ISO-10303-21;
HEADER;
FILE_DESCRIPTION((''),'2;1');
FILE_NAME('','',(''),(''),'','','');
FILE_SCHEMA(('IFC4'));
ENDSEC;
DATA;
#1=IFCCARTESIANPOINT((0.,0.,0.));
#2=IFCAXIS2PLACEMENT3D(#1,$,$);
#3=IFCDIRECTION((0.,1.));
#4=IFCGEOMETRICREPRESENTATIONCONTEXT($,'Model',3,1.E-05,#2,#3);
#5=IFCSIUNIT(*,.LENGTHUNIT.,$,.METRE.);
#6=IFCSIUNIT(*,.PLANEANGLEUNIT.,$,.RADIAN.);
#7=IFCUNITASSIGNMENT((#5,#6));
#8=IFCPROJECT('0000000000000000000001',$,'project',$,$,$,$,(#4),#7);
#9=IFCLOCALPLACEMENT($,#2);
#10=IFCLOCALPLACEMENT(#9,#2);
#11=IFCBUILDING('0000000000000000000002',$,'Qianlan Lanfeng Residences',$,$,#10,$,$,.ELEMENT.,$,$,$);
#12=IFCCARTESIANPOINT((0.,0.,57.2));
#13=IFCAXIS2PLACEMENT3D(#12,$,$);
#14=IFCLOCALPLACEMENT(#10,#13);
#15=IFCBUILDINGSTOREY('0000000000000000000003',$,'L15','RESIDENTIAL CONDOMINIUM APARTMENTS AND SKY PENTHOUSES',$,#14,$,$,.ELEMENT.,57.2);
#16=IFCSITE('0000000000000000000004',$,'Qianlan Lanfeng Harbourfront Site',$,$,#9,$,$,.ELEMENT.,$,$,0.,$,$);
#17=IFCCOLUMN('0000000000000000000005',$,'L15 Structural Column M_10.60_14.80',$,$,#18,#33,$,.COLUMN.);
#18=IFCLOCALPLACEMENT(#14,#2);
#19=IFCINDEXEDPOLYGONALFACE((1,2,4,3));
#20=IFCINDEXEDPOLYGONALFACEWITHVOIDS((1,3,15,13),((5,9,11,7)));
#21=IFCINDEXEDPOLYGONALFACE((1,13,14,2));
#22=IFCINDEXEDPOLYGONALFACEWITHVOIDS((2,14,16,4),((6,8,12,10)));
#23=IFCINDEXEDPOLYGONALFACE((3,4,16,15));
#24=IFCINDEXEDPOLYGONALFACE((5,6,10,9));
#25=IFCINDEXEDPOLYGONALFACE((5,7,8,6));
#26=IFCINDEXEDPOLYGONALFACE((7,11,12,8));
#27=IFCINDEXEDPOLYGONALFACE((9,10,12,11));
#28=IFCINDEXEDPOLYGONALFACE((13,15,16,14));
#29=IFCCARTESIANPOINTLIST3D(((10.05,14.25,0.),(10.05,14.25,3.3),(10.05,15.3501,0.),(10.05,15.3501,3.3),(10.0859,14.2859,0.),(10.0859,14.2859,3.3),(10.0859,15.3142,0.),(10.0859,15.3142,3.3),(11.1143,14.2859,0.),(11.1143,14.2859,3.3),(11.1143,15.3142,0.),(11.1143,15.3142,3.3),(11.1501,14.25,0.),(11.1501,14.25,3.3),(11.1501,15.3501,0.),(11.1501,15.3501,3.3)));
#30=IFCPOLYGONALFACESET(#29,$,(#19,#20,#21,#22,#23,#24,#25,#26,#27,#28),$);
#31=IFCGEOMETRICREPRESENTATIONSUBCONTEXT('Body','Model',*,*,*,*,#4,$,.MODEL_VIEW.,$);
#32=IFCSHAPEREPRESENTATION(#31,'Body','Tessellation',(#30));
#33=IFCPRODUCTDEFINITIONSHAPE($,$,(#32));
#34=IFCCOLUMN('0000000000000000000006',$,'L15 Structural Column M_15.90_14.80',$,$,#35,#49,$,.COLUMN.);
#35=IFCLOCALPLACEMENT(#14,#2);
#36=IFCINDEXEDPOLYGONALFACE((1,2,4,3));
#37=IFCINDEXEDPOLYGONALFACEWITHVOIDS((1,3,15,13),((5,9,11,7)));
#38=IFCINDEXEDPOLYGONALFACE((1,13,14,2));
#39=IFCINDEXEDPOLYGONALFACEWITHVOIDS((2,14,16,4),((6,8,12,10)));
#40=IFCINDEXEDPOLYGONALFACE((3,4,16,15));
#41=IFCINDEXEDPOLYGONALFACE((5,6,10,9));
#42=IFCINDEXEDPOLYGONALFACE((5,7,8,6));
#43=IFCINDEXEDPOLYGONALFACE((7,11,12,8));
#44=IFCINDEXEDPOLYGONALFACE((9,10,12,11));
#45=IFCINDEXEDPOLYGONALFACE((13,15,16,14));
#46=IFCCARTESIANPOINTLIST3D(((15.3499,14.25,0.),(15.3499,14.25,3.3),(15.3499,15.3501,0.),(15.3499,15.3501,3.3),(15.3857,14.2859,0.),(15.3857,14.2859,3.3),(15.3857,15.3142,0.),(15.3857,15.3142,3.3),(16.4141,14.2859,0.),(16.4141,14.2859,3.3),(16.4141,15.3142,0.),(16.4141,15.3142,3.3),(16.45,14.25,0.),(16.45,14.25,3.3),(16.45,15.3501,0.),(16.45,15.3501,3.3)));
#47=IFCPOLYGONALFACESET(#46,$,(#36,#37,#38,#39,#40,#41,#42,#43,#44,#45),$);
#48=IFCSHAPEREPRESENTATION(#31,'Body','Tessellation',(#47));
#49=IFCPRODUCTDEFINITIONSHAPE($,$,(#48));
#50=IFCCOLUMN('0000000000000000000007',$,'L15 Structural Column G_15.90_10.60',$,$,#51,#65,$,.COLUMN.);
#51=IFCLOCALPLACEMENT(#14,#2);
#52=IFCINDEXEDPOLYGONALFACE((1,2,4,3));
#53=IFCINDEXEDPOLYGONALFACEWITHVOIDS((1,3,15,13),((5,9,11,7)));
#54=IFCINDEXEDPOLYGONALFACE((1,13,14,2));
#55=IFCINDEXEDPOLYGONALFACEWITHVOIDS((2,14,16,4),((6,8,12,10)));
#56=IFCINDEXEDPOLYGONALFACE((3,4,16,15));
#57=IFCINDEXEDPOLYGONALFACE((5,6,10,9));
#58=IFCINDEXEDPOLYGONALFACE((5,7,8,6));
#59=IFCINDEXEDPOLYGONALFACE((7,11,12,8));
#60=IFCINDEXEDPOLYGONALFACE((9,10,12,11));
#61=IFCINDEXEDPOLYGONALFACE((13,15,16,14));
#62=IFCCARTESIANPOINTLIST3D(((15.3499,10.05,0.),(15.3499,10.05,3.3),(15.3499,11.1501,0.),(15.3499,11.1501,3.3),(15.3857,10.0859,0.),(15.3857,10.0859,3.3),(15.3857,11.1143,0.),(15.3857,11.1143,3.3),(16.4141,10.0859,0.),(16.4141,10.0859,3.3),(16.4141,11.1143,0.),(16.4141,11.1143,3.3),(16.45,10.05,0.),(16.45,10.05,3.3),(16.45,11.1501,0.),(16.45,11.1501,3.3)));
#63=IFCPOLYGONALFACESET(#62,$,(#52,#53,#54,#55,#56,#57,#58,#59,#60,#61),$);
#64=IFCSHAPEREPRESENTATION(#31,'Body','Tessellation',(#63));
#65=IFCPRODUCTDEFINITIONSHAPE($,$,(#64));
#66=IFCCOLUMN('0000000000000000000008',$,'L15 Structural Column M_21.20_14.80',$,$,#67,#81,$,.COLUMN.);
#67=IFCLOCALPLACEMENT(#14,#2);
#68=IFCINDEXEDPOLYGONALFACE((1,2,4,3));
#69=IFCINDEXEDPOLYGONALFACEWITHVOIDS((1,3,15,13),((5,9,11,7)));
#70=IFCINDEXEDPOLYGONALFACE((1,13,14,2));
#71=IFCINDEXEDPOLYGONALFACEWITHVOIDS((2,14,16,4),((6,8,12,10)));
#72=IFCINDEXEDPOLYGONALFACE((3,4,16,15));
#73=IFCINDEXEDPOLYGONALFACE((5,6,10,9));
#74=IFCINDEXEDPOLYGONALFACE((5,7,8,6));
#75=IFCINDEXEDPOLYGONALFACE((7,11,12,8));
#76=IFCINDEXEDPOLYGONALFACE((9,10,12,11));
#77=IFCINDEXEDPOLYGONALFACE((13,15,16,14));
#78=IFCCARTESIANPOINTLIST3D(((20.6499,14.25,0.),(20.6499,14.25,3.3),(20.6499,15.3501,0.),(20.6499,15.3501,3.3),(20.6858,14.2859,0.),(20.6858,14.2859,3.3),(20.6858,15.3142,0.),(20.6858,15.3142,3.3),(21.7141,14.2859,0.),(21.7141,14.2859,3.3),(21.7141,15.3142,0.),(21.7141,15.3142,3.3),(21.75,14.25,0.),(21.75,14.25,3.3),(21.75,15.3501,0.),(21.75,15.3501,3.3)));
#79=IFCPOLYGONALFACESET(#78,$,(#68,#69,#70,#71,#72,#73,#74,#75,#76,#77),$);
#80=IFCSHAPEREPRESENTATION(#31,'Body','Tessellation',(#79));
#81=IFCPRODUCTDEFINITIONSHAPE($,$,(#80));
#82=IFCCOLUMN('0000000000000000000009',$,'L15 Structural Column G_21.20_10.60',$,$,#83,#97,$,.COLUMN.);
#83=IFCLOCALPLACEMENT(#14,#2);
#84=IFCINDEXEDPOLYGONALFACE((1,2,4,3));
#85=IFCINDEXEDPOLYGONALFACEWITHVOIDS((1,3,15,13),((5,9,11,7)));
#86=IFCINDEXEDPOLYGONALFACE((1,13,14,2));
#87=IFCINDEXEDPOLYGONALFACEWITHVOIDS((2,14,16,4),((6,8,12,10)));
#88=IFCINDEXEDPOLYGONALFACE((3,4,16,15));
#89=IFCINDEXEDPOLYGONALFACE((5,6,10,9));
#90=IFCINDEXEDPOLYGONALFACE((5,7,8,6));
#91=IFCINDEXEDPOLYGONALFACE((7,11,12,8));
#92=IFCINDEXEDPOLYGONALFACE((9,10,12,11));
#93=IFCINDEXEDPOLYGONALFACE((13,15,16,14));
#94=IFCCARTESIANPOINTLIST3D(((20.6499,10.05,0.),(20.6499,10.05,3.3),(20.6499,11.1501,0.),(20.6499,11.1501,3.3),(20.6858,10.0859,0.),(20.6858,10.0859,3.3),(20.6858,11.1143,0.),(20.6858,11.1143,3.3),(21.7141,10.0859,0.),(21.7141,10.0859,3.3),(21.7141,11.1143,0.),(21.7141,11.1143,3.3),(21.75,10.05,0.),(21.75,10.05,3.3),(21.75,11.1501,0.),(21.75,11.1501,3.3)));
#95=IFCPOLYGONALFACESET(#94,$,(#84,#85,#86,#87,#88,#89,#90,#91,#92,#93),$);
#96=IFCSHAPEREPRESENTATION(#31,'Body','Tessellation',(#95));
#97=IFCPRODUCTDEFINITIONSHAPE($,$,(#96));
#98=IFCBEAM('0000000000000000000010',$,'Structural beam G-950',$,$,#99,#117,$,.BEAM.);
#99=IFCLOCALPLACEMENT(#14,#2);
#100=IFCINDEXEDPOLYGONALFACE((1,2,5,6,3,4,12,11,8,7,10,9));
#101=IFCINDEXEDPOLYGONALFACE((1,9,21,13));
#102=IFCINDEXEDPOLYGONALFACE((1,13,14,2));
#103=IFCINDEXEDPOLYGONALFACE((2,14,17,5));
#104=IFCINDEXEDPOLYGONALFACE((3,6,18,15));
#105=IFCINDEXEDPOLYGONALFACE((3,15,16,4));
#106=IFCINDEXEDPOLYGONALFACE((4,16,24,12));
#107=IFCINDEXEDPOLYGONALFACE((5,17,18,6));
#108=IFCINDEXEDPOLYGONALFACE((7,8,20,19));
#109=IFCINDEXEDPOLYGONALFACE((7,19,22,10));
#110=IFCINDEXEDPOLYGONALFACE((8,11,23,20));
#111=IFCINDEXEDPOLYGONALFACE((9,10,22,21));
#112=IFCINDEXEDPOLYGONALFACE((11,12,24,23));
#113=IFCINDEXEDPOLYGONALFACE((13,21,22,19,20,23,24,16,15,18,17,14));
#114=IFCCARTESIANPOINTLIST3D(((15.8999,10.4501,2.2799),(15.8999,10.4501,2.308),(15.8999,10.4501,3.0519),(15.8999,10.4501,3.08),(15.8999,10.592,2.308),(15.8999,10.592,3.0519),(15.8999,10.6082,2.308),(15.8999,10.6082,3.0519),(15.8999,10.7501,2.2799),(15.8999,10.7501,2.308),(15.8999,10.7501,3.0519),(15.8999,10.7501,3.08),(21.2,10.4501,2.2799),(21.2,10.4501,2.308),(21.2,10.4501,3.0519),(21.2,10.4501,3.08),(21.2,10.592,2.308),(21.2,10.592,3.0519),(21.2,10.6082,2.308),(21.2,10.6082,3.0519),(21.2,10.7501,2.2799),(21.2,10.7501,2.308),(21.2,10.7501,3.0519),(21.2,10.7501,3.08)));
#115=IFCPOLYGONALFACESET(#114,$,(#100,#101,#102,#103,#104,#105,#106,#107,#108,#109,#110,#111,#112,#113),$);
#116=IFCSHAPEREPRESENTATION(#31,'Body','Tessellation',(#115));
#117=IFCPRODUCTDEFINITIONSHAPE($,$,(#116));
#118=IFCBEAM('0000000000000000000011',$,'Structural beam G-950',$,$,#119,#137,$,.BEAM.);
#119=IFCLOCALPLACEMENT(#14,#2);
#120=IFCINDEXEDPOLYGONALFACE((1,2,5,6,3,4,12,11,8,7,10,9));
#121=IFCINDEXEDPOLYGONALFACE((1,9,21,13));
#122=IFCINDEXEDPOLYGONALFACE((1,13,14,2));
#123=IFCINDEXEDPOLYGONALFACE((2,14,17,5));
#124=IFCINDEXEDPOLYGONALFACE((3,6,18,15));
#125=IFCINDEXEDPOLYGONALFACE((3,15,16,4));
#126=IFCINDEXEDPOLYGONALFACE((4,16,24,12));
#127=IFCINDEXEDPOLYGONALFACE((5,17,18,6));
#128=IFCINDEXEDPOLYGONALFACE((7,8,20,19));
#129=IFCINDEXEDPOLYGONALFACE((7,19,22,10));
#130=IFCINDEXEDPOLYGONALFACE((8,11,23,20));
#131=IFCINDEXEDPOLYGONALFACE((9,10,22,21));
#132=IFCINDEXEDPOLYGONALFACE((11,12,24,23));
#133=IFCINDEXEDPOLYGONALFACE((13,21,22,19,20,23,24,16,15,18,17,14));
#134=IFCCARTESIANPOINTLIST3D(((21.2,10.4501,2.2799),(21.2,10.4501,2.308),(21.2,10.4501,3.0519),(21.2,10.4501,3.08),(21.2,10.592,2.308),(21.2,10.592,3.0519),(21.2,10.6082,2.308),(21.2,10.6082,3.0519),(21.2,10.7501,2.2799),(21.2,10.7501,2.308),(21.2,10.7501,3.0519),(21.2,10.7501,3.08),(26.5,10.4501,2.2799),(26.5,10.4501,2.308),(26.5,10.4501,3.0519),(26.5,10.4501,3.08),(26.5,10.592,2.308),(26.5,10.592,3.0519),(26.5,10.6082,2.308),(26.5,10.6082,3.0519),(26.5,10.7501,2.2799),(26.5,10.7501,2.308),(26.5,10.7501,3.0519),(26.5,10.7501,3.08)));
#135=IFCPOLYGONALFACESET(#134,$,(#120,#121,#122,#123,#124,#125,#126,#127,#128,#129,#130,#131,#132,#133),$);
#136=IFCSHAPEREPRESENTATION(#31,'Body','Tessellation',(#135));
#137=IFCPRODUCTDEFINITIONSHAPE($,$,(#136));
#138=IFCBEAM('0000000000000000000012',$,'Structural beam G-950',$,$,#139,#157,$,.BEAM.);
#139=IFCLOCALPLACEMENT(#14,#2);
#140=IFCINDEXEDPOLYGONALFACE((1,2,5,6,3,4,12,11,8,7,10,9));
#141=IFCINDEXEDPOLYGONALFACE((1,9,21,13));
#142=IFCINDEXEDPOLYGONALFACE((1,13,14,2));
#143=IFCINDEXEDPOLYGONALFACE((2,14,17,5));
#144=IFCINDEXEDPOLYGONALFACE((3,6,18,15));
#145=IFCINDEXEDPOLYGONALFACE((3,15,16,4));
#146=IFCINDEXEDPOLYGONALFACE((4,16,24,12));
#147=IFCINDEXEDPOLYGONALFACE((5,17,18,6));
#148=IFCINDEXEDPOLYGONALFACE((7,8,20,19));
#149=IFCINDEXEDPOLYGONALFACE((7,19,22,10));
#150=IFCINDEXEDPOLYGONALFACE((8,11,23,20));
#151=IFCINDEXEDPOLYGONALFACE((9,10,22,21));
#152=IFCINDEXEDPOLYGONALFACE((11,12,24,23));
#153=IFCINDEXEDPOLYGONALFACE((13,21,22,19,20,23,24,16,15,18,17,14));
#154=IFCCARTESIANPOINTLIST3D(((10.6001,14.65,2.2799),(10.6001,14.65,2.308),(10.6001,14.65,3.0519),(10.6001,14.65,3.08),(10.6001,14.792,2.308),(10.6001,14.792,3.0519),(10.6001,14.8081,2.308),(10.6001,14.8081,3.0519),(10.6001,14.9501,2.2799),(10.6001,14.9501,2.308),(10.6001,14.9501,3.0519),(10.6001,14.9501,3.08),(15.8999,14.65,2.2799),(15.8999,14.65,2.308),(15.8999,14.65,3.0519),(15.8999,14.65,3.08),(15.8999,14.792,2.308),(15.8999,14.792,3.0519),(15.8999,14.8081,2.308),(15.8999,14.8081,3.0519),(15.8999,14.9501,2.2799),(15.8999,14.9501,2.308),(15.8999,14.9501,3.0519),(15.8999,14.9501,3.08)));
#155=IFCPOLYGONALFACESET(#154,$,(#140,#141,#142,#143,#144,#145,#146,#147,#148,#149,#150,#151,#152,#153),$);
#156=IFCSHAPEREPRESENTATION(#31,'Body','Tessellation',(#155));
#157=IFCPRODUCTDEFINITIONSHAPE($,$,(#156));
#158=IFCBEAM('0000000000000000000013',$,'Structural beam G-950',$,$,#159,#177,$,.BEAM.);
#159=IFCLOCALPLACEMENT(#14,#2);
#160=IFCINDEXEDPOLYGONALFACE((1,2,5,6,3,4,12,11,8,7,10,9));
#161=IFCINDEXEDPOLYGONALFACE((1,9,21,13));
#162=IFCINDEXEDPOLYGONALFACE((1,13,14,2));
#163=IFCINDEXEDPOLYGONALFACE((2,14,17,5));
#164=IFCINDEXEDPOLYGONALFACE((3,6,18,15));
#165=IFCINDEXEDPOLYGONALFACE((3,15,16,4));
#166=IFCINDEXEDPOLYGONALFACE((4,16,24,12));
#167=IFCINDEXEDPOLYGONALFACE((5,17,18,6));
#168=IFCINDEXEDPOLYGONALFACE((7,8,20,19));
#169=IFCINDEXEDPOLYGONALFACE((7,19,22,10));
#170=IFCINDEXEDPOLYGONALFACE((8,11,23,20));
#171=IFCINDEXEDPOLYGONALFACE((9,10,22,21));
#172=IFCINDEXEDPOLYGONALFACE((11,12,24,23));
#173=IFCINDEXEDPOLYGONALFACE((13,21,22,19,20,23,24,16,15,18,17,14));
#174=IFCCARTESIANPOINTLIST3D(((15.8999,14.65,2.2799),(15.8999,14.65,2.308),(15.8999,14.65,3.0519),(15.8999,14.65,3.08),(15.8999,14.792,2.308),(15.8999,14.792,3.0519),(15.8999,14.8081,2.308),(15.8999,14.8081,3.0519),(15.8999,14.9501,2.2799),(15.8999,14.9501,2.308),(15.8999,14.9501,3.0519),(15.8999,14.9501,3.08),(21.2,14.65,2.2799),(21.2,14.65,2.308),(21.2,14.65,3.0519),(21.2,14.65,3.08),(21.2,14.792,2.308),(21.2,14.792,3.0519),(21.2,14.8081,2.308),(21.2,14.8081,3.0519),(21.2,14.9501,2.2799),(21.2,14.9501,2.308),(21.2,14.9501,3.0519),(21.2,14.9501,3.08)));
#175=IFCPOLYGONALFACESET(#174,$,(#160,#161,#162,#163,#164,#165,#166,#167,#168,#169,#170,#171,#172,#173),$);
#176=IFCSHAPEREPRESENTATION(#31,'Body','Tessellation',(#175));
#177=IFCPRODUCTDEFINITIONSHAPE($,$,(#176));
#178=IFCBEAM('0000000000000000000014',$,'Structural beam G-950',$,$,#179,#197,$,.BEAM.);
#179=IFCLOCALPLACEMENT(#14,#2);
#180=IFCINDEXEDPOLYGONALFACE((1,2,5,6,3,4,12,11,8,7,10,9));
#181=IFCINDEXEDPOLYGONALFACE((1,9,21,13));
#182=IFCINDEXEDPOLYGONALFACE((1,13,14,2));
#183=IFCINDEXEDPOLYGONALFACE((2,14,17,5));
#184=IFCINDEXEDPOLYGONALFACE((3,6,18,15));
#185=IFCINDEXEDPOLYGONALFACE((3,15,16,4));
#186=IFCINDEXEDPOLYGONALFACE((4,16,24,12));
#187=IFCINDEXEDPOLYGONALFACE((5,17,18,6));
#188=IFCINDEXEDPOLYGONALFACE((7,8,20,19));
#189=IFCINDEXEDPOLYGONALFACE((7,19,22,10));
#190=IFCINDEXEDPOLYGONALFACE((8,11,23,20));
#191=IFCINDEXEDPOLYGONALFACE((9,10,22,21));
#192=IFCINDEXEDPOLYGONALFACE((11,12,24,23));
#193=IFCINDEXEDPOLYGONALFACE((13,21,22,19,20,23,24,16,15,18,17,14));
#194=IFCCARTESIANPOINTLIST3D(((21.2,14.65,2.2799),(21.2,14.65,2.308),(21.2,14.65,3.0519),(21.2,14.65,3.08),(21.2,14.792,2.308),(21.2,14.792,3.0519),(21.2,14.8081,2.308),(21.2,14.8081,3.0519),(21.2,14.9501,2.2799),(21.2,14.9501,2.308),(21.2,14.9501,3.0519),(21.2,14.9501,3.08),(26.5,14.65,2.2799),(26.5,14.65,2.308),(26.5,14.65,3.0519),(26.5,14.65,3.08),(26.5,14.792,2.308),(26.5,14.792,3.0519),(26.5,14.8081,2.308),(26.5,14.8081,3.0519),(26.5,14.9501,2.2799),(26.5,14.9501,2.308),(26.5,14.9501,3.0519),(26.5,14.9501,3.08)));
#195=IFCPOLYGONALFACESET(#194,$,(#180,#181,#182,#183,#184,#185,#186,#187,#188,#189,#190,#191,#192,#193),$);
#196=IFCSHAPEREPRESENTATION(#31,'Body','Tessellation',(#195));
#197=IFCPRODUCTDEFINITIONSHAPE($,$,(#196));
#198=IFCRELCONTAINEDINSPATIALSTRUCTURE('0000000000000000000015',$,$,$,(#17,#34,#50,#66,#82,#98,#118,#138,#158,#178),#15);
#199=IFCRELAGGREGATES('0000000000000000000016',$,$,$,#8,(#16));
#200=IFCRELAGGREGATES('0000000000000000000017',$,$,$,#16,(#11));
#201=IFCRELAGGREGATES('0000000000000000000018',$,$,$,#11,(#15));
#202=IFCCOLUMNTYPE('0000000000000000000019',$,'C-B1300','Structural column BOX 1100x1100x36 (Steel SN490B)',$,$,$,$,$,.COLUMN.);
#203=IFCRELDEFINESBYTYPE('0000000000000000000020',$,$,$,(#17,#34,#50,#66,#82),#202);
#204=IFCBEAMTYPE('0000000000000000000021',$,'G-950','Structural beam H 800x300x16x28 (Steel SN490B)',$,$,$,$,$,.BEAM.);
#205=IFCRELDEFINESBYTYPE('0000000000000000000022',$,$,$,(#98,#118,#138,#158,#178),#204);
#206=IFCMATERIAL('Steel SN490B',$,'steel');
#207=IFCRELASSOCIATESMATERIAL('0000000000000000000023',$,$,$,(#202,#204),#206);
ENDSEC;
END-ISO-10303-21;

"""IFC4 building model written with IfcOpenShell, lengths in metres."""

from ifc_helpers import new_model, si_unit, direction, frame, origin, origin_2d, place, context, subcontext, project, spatial, hollow_rectangle, i_section, extrude, material, material_profile, profile_set, type_object, element, save


model = new_model("IFC4")

# Units and contexts
model_context = context("Model", 3, precision=1e-05, world=origin(), true_north=direction((0.0, 1.0)))
body_context = subcontext(model_context, "Body", "Model", "MODEL_VIEW")
ifc_project = project(units=[si_unit("LENGTHUNIT", "METRE"), si_unit("PLANEANGLEUNIT", "RADIAN")], contexts=[model_context])

# Site, building, storey
site_placement = place(None, origin())
site = spatial("IfcSite", under=ifc_project, at=site_placement, Name="Qianlan Lanfeng Harbourfront Site", CompositionType="ELEMENT", RefElevation=0.0)
building_placement = place(site_placement, origin())
building = spatial("IfcBuilding", under=site, at=building_placement, Name="Qianlan Lanfeng Residences", CompositionType="ELEMENT")
storey_placement = place(building_placement, frame((0.0, 0.0, 57.2)))
storey = spatial("IfcBuildingStorey", under=building, at=storey_placement, Name="L15", Description="RESIDENTIAL CONDOMINIUM APARTMENTS AND SKY PENTHOUSES", CompositionType="ELEMENT", Elevation=57.2)

# Columns
ifc_material_1 = material(Name="Steel SN490B", Category="steel")
ifc_material_profile_1 = material_profile(ifc_material_1, hollow_rectangle(XDim=1.1001, YDim=1.1001, WallThickness=0.0359, at=origin_2d()), Name="BOX 1100x1100x36")
ifc_profile_set_1 = profile_set([ifc_material_profile_1], Name="Steel SN490B")
column_type = type_object("IfcColumnType", Name="C-B1300", Description="Structural column BOX 1100x1100x36 (Steel SN490B)", PredefinedType="COLUMN", material=ifc_profile_set_1)
for number, where, z_axis, x_axis, name in (
    (1, (10.6001, 14.8, 0.0), (0.0, 0.0, 1.0), (1.0, 0.0, 0.0), "L15 Structural Column M_10.60_14.80"),
    (2, (15.8999, 14.8, 0.0), (0.0, 0.0, 1.0), (1.0, 0.0, 0.0), "L15 Structural Column M_15.90_14.80"),
    (3, (15.8999, 10.6001, 0.0), (0.0, 0.0, 1.0), (1.0, 0.0, 0.0), "L15 Structural Column G_15.90_10.60"),
    (4, (21.2, 14.8, 0.0), (0.0, 0.0, 1.0), (1.0, 0.0, 0.0), "L15 Structural Column M_21.20_14.80"),
    (5, (21.2, 10.6001, 0.0), (0.0, 0.0, 1.0), (1.0, 0.0, 0.0), "L15 Structural Column G_21.20_10.60"),
):
    element("IfcColumn", number, at=place(storey_placement, frame(where, z_axis=z_axis, x_axis=x_axis)), inside=storey, type_object=column_type, Name=name, PredefinedType="COLUMN", context=body_context, shape_type="SweptSolid", body=[
        extrude(hollow_rectangle(XDim=1.1001, YDim=1.1001, WallThickness=0.0359, at=origin_2d()), origin(), (0.0, 0.0, 1.0), 3.3),
    ])

# Beams
ifc_material_profile_2 = material_profile(ifc_material_1, i_section(OverallWidth=0.3, OverallDepth=0.8, WebThickness=0.0161, FlangeThickness=0.0281, at=origin_2d()), Name="H 800x300x16x28")
ifc_profile_set_2 = profile_set([ifc_material_profile_2], Name="Steel SN490B")
beam_type_1 = type_object("IfcBeamType", Name="G-950", Description="Structural beam H 800x300x16x28 (Steel SN490B)", PredefinedType="BEAM", material=ifc_profile_set_2)
for number, where, z_axis, x_axis, name in (
    (6, (15.8999, 10.6001, 2.6799), (1.0, 0.0, 0.0), (0.0, 1.0, 0.0), "Structural beam G-950"),
    (7, (21.2, 10.6001, 2.6799), (1.0, 0.0, 0.0), (0.0, 1.0, 0.0), "Structural beam G-950"),
):
    element("IfcBeam", number, at=place(storey_placement, frame(where, z_axis=z_axis, x_axis=x_axis)), inside=storey, type_object=beam_type_1, Name=name, PredefinedType="BEAM", context=body_context, shape_type="SweptSolid", body=[
        extrude(i_section(OverallWidth=0.3, OverallDepth=0.8, WebThickness=0.0161, FlangeThickness=0.0281, at=origin_2d()), origin(), (0.0, 0.0, 1.0), 5.3),
    ])
beam_1_placement = place(storey_placement, frame((10.6001, 14.8, 2.6799), z_axis=(1.0, 0.0, 0.0), x_axis=(0.0, 1.0, 0.0)))
element("IfcBeam", 8, at=beam_1_placement, inside=storey, type_object=beam_type_1, Name="Structural beam G-950", PredefinedType="BEAM", context=body_context, shape_type="SweptSolid", body=[
    extrude(i_section(OverallWidth=0.3, OverallDepth=0.8, WebThickness=0.0161, FlangeThickness=0.0281, at=origin_2d()), origin(), (0.0, 0.0, 1.0), 5.2998),
])
for number, where, z_axis, x_axis, name in (
    (9, (15.8999, 14.8, 2.6799), (1.0, 0.0, 0.0), (0.0, 1.0, 0.0), "Structural beam G-950"),
    (10, (21.2, 14.8, 2.6799), (1.0, 0.0, 0.0), (0.0, 1.0, 0.0), "Structural beam G-950"),
):
    element("IfcBeam", number, at=place(storey_placement, frame(where, z_axis=z_axis, x_axis=x_axis)), inside=storey, type_object=beam_type_1, Name=name, PredefinedType="BEAM", context=body_context, shape_type="SweptSolid", body=[
        extrude(i_section(OverallWidth=0.3, OverallDepth=0.8, WebThickness=0.0161, FlangeThickness=0.0281, at=origin_2d()), origin(), (0.0, 0.0, 1.0), 5.3),
    ])

save(model, "model.ifc")
